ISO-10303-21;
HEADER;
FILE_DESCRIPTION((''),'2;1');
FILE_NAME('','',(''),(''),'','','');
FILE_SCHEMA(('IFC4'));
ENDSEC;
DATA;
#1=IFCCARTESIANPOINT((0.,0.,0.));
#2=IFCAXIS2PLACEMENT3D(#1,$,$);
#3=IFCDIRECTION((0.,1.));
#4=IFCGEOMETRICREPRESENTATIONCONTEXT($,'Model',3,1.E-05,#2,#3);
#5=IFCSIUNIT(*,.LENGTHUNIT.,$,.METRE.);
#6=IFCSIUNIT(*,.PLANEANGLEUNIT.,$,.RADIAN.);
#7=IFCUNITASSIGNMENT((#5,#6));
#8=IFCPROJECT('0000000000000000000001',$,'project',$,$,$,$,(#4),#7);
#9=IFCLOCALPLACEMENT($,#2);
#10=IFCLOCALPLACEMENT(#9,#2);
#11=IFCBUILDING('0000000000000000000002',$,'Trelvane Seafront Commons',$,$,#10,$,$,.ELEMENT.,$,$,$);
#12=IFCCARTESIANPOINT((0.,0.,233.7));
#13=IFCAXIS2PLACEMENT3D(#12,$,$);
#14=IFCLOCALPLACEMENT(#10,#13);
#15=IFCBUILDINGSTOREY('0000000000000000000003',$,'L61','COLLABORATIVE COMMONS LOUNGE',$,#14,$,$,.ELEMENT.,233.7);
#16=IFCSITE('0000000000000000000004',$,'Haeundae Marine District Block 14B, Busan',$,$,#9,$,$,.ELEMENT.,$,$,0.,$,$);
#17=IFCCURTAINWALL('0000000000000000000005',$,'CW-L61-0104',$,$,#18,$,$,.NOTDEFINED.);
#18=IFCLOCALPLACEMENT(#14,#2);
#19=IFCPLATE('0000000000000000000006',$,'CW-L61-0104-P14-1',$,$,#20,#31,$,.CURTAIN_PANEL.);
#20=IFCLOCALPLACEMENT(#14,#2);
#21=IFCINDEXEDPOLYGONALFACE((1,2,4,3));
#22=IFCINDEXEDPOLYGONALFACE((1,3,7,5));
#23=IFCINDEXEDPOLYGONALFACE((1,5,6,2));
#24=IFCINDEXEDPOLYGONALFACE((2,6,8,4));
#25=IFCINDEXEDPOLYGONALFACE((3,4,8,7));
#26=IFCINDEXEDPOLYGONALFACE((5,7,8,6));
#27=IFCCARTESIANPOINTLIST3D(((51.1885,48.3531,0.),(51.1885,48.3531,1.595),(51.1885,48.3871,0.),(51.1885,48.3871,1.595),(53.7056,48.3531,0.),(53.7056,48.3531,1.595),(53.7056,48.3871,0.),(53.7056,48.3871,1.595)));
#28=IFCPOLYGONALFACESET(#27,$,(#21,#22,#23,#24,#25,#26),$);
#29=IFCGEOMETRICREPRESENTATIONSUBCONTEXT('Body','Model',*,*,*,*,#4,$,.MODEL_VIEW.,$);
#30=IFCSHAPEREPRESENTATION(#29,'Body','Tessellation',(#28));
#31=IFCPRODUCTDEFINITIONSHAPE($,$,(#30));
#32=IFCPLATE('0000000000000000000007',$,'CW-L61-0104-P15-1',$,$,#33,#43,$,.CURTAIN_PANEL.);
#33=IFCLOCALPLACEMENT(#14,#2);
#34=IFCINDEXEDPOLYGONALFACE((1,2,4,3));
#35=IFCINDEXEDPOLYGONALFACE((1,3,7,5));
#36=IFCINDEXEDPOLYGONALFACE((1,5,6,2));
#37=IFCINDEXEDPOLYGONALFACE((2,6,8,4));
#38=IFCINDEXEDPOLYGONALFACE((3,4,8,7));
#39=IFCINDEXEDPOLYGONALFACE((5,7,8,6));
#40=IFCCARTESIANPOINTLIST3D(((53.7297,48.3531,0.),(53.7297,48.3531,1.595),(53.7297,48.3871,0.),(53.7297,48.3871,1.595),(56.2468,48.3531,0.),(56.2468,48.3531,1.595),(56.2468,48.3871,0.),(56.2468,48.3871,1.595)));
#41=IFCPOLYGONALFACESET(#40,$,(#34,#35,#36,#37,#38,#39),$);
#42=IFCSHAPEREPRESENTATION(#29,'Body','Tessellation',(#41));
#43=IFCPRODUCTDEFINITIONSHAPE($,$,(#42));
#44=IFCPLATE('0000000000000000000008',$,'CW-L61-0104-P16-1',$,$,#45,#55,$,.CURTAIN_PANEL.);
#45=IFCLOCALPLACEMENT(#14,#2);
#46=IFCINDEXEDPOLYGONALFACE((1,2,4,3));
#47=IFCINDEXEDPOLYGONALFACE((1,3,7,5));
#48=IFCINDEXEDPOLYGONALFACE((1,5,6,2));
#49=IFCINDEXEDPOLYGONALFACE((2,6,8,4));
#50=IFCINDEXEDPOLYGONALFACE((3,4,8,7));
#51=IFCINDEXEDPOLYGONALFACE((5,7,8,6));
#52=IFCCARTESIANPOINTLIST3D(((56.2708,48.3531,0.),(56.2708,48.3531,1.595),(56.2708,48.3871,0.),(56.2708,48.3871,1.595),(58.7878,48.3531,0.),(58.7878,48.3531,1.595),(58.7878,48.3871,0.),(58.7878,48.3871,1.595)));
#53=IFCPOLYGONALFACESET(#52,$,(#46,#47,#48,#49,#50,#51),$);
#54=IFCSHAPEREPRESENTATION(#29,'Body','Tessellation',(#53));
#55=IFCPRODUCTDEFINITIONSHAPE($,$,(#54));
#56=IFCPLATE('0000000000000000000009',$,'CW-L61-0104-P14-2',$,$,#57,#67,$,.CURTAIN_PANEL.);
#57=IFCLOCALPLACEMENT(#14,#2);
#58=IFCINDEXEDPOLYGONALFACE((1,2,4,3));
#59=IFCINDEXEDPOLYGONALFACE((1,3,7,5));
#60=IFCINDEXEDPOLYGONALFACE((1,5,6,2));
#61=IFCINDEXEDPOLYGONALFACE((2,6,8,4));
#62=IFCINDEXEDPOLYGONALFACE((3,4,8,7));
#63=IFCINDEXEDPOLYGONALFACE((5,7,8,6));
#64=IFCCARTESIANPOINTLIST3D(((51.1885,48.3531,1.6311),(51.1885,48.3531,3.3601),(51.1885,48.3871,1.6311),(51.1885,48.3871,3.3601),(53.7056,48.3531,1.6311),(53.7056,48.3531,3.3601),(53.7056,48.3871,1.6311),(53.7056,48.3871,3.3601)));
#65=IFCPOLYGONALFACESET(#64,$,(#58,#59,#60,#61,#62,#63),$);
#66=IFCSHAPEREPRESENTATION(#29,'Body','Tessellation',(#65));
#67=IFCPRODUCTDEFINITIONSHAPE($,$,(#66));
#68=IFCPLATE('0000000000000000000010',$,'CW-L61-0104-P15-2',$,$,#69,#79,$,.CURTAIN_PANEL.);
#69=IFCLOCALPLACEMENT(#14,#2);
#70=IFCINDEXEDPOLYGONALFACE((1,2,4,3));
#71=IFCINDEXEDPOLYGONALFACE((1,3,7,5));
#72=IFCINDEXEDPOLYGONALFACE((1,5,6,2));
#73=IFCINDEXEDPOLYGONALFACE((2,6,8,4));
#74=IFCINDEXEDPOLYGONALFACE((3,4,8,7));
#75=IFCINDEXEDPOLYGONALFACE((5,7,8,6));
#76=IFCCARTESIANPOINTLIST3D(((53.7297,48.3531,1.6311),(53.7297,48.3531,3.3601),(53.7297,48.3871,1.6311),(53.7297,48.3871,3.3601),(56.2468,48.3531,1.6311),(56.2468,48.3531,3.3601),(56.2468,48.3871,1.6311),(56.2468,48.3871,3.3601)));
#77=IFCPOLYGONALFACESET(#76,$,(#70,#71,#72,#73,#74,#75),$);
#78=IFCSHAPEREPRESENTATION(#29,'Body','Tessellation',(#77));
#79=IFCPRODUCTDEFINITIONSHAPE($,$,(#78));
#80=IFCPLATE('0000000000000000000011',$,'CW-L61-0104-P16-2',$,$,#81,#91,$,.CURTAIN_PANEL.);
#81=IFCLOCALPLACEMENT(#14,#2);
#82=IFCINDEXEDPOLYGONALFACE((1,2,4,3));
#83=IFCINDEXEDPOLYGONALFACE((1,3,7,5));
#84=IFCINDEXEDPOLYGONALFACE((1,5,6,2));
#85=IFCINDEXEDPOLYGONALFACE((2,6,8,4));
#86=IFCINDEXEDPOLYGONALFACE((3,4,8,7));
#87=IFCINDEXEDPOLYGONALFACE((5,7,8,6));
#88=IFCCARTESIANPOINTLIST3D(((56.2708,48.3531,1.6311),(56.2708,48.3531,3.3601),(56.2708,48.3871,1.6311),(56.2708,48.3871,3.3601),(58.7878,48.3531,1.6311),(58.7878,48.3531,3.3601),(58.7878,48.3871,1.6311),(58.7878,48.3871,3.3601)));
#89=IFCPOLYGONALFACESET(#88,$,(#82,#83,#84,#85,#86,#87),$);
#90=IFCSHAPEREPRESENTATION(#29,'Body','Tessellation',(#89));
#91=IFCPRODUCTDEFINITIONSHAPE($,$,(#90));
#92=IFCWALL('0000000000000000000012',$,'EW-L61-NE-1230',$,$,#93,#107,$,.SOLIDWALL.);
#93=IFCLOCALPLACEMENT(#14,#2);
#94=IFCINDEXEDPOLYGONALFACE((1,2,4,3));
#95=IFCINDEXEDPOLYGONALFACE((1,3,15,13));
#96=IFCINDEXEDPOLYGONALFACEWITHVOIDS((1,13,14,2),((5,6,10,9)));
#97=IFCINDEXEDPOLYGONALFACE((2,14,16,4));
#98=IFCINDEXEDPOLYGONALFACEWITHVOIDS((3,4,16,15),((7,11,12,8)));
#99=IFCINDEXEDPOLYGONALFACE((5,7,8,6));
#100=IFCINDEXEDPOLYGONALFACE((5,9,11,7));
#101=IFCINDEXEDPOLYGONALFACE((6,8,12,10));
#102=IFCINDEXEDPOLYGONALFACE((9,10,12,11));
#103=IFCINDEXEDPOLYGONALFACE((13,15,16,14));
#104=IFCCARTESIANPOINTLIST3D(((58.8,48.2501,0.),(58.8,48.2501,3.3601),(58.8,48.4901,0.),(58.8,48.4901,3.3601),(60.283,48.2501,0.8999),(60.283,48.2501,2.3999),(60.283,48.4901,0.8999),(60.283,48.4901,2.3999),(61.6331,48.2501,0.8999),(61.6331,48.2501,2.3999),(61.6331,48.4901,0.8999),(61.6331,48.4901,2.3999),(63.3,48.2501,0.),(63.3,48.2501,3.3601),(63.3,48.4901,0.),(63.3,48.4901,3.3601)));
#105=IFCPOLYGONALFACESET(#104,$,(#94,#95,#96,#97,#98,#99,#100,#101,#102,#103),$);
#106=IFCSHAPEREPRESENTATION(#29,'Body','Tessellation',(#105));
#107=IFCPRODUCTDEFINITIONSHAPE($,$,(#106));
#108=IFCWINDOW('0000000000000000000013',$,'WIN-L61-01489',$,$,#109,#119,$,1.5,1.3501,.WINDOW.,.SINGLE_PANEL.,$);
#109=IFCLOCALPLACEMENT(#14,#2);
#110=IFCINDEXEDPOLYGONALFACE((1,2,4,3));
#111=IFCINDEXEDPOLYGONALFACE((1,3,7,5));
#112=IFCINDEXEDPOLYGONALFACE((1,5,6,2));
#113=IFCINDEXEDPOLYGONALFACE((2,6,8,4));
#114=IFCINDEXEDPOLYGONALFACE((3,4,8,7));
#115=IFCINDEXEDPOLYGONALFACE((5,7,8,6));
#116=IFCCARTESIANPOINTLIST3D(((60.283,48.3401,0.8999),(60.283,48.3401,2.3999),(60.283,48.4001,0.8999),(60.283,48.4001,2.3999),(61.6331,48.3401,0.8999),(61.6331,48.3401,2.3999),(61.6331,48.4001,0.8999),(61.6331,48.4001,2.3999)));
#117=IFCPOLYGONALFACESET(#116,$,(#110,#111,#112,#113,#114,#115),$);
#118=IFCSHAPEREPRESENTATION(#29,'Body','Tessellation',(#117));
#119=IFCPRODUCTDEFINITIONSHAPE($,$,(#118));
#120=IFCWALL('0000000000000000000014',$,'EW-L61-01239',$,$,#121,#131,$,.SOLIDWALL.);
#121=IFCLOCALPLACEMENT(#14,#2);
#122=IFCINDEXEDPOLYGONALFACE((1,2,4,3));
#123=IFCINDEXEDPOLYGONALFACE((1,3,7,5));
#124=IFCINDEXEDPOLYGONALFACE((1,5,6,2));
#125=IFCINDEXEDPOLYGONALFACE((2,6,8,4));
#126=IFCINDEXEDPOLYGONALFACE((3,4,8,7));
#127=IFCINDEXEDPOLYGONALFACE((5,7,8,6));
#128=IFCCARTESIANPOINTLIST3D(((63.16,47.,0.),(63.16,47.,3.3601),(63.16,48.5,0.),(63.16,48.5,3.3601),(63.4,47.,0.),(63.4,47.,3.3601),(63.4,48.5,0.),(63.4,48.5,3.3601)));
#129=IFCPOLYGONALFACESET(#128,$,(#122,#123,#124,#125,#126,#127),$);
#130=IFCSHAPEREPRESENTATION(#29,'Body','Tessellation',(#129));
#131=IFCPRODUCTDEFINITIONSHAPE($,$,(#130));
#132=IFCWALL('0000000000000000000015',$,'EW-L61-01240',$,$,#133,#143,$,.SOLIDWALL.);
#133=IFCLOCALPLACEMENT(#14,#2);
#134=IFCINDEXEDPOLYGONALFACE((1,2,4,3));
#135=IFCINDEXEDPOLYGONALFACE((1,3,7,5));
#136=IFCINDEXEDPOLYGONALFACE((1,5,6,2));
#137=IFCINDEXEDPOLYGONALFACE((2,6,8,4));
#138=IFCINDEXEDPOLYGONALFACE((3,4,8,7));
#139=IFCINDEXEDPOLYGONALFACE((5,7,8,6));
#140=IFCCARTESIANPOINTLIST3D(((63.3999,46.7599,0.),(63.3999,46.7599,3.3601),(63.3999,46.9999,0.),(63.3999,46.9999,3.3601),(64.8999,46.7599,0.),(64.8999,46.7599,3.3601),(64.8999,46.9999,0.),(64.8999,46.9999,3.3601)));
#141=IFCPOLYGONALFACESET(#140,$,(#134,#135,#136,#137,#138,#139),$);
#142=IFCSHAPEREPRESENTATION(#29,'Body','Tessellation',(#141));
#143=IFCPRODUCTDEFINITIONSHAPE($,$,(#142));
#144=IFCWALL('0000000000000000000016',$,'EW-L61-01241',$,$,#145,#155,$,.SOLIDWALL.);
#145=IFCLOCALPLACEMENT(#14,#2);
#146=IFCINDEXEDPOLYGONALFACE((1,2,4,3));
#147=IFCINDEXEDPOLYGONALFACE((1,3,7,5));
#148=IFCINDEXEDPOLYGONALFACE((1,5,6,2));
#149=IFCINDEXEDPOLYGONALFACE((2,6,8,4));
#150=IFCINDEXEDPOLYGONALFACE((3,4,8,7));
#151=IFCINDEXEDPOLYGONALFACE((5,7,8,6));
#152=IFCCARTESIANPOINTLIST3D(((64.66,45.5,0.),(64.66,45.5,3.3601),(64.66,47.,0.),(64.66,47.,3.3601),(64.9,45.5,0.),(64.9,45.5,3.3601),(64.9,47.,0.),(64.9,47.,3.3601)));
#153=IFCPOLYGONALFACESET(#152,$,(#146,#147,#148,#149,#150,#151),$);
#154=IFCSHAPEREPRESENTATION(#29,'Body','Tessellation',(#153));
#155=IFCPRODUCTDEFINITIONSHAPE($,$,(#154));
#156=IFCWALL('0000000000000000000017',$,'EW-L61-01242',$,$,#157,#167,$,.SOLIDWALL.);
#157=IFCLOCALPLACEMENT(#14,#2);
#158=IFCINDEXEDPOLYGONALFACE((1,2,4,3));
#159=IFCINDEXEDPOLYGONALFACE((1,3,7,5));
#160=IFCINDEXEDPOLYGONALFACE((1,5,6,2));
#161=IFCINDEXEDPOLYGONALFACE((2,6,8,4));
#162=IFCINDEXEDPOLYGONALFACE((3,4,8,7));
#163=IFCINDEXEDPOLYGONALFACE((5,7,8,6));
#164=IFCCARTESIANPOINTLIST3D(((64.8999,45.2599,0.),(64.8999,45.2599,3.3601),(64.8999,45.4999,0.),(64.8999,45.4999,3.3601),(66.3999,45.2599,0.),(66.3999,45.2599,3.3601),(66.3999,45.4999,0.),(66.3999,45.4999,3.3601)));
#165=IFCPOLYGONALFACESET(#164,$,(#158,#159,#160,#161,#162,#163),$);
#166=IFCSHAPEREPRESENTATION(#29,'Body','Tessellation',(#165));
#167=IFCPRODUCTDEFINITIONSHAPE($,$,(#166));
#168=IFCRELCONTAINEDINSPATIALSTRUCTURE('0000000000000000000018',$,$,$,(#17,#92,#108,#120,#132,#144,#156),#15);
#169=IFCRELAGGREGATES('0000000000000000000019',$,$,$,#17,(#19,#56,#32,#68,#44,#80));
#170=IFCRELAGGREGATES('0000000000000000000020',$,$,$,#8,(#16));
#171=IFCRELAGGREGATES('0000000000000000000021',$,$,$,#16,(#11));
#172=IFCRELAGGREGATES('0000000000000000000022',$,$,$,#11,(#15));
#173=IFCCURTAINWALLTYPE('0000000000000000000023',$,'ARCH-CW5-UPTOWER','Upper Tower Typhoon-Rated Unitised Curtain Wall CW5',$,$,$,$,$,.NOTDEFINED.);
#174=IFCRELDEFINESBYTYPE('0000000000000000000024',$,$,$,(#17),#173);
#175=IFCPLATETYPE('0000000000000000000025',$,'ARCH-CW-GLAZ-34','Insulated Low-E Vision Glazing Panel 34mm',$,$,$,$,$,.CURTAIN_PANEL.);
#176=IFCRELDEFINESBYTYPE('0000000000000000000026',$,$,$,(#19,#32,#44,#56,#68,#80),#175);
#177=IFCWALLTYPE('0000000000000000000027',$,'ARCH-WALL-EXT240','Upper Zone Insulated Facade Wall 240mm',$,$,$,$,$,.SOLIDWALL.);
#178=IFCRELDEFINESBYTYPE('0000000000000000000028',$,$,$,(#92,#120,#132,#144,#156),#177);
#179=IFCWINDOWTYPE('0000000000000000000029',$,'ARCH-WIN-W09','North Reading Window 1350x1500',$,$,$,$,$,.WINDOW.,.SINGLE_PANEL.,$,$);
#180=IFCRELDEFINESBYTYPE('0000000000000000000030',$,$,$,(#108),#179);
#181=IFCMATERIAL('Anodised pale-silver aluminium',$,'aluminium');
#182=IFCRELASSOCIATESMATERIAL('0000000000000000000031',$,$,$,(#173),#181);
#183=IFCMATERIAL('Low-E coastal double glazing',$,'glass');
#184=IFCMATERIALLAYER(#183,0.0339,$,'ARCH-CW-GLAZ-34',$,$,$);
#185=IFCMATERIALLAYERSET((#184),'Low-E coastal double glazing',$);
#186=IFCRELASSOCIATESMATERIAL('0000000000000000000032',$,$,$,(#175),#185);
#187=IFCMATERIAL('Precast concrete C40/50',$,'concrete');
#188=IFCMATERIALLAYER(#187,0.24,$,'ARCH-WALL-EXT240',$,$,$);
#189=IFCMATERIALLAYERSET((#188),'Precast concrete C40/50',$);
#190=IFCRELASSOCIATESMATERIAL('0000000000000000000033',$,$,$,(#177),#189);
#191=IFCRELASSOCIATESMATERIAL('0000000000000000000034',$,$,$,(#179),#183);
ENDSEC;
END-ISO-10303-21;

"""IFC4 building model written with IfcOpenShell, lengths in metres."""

from ifc_helpers import new_model, si_unit, direction, frame, frame_2d, origin, origin_2d, place, context, subcontext, project, spatial, rectangle, extrude, source, transform, mapped, material, layer, layer_set, type_object, element, fill, aggregate, save


model = new_model("IFC4")

# Units and contexts
model_context = context("Model", 3, precision=1e-05, world=origin(), true_north=direction((0.0, 1.0)))
body_context = subcontext(model_context, "Body", "Model", "MODEL_VIEW")
ifc_project = project(units=[si_unit("LENGTHUNIT", "METRE"), si_unit("PLANEANGLEUNIT", "RADIAN")], contexts=[model_context])

# Site, building, storey
site_placement = place(None, origin())
site = spatial("IfcSite", under=ifc_project, at=site_placement, Name="Haeundae Marine District Block 14B, Busan", CompositionType="ELEMENT", RefElevation=0.0)
building_placement = place(site_placement, origin())
building = spatial("IfcBuilding", under=site, at=building_placement, Name="Trelvane Seafront Commons", CompositionType="ELEMENT")
storey_placement = place(building_placement, frame((0.0, 0.0, 233.7)))
storey = spatial("IfcBuildingStorey", under=building, at=storey_placement, Name="L61", Description="COLLABORATIVE COMMONS LOUNGE", CompositionType="ELEMENT", Elevation=233.7)

# Curtain wall
ifc_material_1 = material(Name="Anodised pale-silver aluminium", Category="aluminium")
curtain_wall_type = type_object("IfcCurtainWallType", Name="ARCH-CW5-UPTOWER", Description="Upper Tower Typhoon-Rated Unitised Curtain Wall CW5", PredefinedType="NOTDEFINED", material=ifc_material_1)
curtain_wall_placement = place(storey_placement, origin())
curtain_wall = element("IfcCurtainWall", 1, at=curtain_wall_placement, inside=storey, type_object=curtain_wall_type, Name="CW-L61-0104", PredefinedType="NOTDEFINED")

# Plates
ifc_material_2 = material(Name="Low-E coastal double glazing", Category="glass")
ifc_layer_1 = layer(ifc_material_2, 0.0339, Name="ARCH-CW-GLAZ-34")
ifc_layer_set_1 = layer_set([ifc_layer_1], Name="Low-E coastal double glazing")
plate_type_1 = type_object("IfcPlateType", Name="ARCH-CW-GLAZ-34", Description="Insulated Low-E Vision Glazing Panel 34mm", PredefinedType="CURTAIN_PANEL", material=ifc_layer_set_1)
shared_shape_1 = source(origin(), body_context, "Body", "SweptSolid", [
    extrude(rectangle(XDim=2.5171, YDim=0.0339, at=origin_2d()), origin(), (0.0, 0.0, 1.0), 1.595),
])
plate_1_placement = place(storey_placement, frame((52.447, 48.3701, 0.0), z_axis=(0.0, 0.0, 1.0), x_axis=(1.0, 0.0, 0.0)))
plate_1 = element("IfcPlate", 2, at=plate_1_placement, type_object=plate_type_1, Name="CW-L61-0104-P14-1", PredefinedType="CURTAIN_PANEL", context=body_context, shape_type="MappedRepresentation", body=[
    mapped(shared_shape_1, transform((0.0, 0.0, 0.0), x_axis=(1.0, 0.0, 0.0), y_axis=(0.0, 1.0, 0.0), z_axis=(0.0, 0.0, 1.0), scale=1.0)),
])
plate_2_placement = place(storey_placement, frame((54.9883, 48.3701, 0.0), z_axis=(0.0, 0.0, 1.0), x_axis=(1.0, 0.0, 0.0)))
plate_2 = element("IfcPlate", 3, at=plate_2_placement, type_object=plate_type_1, Name="CW-L61-0104-P15-1", PredefinedType="CURTAIN_PANEL", context=body_context, shape_type="MappedRepresentation", body=[
    mapped(shared_shape_1, transform((0.0, 0.0, 0.0), x_axis=(1.0, 0.0, 0.0), y_axis=(0.0, 1.0, 0.0), z_axis=(0.0, 0.0, 1.0), scale=1.0)),
])
plate_3_placement = place(storey_placement, frame((57.5293, 48.3701, 0.0), z_axis=(0.0, 0.0, 1.0), x_axis=(1.0, 0.0, 0.0)))
plate_3 = element("IfcPlate", 4, at=plate_3_placement, type_object=plate_type_1, Name="CW-L61-0104-P16-1", PredefinedType="CURTAIN_PANEL", context=body_context, shape_type="MappedRepresentation", body=[
    mapped(shared_shape_1, transform((0.0, 0.0, 0.0), x_axis=(1.0, 0.0, 0.0), y_axis=(0.0, 1.0, 0.0), z_axis=(0.0, 0.0, 1.0), scale=1.0)),
])
shared_shape_2 = source(origin(), body_context, "Body", "SweptSolid", [
    extrude(rectangle(XDim=2.5171, YDim=0.0339, at=origin_2d()), origin(), (0.0, 0.0, 1.0), 1.729),
])
plate_4_placement = place(storey_placement, frame((52.447, 48.3701, 1.6311), z_axis=(0.0, 0.0, 1.0), x_axis=(1.0, 0.0, 0.0)))
plate_4 = element("IfcPlate", 5, at=plate_4_placement, type_object=plate_type_1, Name="CW-L61-0104-P14-2", PredefinedType="CURTAIN_PANEL", context=body_context, shape_type="MappedRepresentation", body=[
    mapped(shared_shape_2, transform((0.0, 0.0, 0.0), x_axis=(1.0, 0.0, 0.0), y_axis=(0.0, 1.0, 0.0), z_axis=(0.0, 0.0, 1.0), scale=1.0)),
])
plate_5_placement = place(storey_placement, frame((54.9883, 48.3701, 1.6311), z_axis=(0.0, 0.0, 1.0), x_axis=(1.0, 0.0, 0.0)))
plate_5 = element("IfcPlate", 6, at=plate_5_placement, type_object=plate_type_1, Name="CW-L61-0104-P15-2", PredefinedType="CURTAIN_PANEL", context=body_context, shape_type="MappedRepresentation", body=[
    mapped(shared_shape_2, transform((0.0, 0.0, 0.0), x_axis=(1.0, 0.0, 0.0), y_axis=(0.0, 1.0, 0.0), z_axis=(0.0, 0.0, 1.0), scale=1.0)),
])
plate_6_placement = place(storey_placement, frame((57.5293, 48.3701, 1.6311), z_axis=(0.0, 0.0, 1.0), x_axis=(1.0, 0.0, 0.0)))
plate_6 = element("IfcPlate", 7, at=plate_6_placement, type_object=plate_type_1, Name="CW-L61-0104-P16-2", PredefinedType="CURTAIN_PANEL", context=body_context, shape_type="MappedRepresentation", body=[
    mapped(shared_shape_2, transform((0.0, 0.0, 0.0), x_axis=(1.0, 0.0, 0.0), y_axis=(0.0, 1.0, 0.0), z_axis=(0.0, 0.0, 1.0), scale=1.0)),
])
aggregate(curtain_wall, [plate_1, plate_4, plate_2, plate_5, plate_3, plate_6])

# Wall, opening, window
ifc_material_3 = material(Name="Precast concrete C40/50", Category="concrete")
ifc_layer_2 = layer(ifc_material_3, 0.24, Name="ARCH-WALL-EXT240")
ifc_layer_set_2 = layer_set([ifc_layer_2], Name="Precast concrete C40/50")
wall_type = type_object("IfcWallType", Name="ARCH-WALL-EXT240", Description="Upper Zone Insulated Facade Wall 240mm", PredefinedType="SOLIDWALL", material=ifc_layer_set_2)
wall_1_placement = place(storey_placement, frame((58.8, 48.3701, 0.0), z_axis=(0.0, 0.0, 1.0), x_axis=(1.0, 0.0, 0.0)))
wall_1 = element("IfcWall", 8, at=wall_1_placement, inside=storey, type_object=wall_type, Name="EW-L61-NE-1230", PredefinedType="SOLIDWALL", context=body_context, shape_type="SweptSolid", body=[
    extrude(rectangle(XDim=4.5, YDim=0.24, at=frame_2d((2.25, 0.0))), origin(), (0.0, 0.0, 1.0), 3.3601),
])
opening_1_placement = place(wall_1_placement, frame((1.4829, 0.0, 0.8999)))
opening_1 = element("IfcOpeningElement", 9, at=opening_1_placement, cuts=wall_1, PredefinedType="OPENING", context=body_context, shape_type="SweptSolid", body=[
    extrude(rectangle(XDim=1.3501, YDim=1.5, at=frame_2d((0.675, 0.75))), frame((0.0, 0.1299, 0.0), z_axis=(0.0, -1.0, 0.0), x_axis=(1.0, 0.0, 0.0)), (0.0, 0.0, 1.0), 0.26),
])
window_type_1 = type_object("IfcWindowType", Name="ARCH-WIN-W09", Description="North Reading Window 1350x1500", PartitioningType="SINGLE_PANEL", PredefinedType="WINDOW", material=ifc_material_2)
shared_shape_3 = source(origin(), body_context, "Body", "SweptSolid", [
    extrude(rectangle(XDim=1.3501, YDim=1.5, at=frame_2d((0.675, 0.75))), frame((0.0, 0.03, 0.0), z_axis=(0.0, -1.0, 0.0), x_axis=(1.0, 0.0, 0.0)), (0.0, 0.0, 1.0), 0.0601),
])
window_1_placement = place(opening_1_placement, origin())
window_1 = element("IfcWindow", 10, at=window_1_placement, inside=storey, type_object=window_type_1, Name="WIN-L61-01489", OverallHeight=1.5, OverallWidth=1.3501, PartitioningType="SINGLE_PANEL", PredefinedType="WINDOW", context=body_context, shape_type="MappedRepresentation", body=[
    mapped(shared_shape_3, transform((0.0, 0.0, 0.0), x_axis=(1.0, 0.0, 0.0), y_axis=(0.0, 1.0, 0.0), z_axis=(0.0, 0.0, 1.0), scale=1.0)),
])
fill(opening_1, window_1)

# Walls
for number, where, z_axis, x_axis, name in (
    (11, (63.28, 48.5, 0.0), (0.0, 0.0, 1.0), (0.0, -1.0, 0.0), "EW-L61-01239"),
    (12, (63.3999, 46.8799, 0.0), (0.0, 0.0, 1.0), (1.0, 0.0, 0.0), "EW-L61-01240"),
    (13, (64.78, 47.0, 0.0), (0.0, 0.0, 1.0), (0.0, -1.0, 0.0), "EW-L61-01241"),
    (14, (64.8999, 45.3799, 0.0), (0.0, 0.0, 1.0), (1.0, 0.0, 0.0), "EW-L61-01242"),
):
    element("IfcWall", number, at=place(storey_placement, frame(where, z_axis=z_axis, x_axis=x_axis)), inside=storey, type_object=wall_type, Name=name, PredefinedType="SOLIDWALL", context=body_context, shape_type="SweptSolid", body=[
        extrude(rectangle(XDim=1.5, YDim=0.24, at=frame_2d((0.75, 0.0))), origin(), (0.0, 0.0, 1.0), 3.3601),
    ])

save(model, "model.ifc")
